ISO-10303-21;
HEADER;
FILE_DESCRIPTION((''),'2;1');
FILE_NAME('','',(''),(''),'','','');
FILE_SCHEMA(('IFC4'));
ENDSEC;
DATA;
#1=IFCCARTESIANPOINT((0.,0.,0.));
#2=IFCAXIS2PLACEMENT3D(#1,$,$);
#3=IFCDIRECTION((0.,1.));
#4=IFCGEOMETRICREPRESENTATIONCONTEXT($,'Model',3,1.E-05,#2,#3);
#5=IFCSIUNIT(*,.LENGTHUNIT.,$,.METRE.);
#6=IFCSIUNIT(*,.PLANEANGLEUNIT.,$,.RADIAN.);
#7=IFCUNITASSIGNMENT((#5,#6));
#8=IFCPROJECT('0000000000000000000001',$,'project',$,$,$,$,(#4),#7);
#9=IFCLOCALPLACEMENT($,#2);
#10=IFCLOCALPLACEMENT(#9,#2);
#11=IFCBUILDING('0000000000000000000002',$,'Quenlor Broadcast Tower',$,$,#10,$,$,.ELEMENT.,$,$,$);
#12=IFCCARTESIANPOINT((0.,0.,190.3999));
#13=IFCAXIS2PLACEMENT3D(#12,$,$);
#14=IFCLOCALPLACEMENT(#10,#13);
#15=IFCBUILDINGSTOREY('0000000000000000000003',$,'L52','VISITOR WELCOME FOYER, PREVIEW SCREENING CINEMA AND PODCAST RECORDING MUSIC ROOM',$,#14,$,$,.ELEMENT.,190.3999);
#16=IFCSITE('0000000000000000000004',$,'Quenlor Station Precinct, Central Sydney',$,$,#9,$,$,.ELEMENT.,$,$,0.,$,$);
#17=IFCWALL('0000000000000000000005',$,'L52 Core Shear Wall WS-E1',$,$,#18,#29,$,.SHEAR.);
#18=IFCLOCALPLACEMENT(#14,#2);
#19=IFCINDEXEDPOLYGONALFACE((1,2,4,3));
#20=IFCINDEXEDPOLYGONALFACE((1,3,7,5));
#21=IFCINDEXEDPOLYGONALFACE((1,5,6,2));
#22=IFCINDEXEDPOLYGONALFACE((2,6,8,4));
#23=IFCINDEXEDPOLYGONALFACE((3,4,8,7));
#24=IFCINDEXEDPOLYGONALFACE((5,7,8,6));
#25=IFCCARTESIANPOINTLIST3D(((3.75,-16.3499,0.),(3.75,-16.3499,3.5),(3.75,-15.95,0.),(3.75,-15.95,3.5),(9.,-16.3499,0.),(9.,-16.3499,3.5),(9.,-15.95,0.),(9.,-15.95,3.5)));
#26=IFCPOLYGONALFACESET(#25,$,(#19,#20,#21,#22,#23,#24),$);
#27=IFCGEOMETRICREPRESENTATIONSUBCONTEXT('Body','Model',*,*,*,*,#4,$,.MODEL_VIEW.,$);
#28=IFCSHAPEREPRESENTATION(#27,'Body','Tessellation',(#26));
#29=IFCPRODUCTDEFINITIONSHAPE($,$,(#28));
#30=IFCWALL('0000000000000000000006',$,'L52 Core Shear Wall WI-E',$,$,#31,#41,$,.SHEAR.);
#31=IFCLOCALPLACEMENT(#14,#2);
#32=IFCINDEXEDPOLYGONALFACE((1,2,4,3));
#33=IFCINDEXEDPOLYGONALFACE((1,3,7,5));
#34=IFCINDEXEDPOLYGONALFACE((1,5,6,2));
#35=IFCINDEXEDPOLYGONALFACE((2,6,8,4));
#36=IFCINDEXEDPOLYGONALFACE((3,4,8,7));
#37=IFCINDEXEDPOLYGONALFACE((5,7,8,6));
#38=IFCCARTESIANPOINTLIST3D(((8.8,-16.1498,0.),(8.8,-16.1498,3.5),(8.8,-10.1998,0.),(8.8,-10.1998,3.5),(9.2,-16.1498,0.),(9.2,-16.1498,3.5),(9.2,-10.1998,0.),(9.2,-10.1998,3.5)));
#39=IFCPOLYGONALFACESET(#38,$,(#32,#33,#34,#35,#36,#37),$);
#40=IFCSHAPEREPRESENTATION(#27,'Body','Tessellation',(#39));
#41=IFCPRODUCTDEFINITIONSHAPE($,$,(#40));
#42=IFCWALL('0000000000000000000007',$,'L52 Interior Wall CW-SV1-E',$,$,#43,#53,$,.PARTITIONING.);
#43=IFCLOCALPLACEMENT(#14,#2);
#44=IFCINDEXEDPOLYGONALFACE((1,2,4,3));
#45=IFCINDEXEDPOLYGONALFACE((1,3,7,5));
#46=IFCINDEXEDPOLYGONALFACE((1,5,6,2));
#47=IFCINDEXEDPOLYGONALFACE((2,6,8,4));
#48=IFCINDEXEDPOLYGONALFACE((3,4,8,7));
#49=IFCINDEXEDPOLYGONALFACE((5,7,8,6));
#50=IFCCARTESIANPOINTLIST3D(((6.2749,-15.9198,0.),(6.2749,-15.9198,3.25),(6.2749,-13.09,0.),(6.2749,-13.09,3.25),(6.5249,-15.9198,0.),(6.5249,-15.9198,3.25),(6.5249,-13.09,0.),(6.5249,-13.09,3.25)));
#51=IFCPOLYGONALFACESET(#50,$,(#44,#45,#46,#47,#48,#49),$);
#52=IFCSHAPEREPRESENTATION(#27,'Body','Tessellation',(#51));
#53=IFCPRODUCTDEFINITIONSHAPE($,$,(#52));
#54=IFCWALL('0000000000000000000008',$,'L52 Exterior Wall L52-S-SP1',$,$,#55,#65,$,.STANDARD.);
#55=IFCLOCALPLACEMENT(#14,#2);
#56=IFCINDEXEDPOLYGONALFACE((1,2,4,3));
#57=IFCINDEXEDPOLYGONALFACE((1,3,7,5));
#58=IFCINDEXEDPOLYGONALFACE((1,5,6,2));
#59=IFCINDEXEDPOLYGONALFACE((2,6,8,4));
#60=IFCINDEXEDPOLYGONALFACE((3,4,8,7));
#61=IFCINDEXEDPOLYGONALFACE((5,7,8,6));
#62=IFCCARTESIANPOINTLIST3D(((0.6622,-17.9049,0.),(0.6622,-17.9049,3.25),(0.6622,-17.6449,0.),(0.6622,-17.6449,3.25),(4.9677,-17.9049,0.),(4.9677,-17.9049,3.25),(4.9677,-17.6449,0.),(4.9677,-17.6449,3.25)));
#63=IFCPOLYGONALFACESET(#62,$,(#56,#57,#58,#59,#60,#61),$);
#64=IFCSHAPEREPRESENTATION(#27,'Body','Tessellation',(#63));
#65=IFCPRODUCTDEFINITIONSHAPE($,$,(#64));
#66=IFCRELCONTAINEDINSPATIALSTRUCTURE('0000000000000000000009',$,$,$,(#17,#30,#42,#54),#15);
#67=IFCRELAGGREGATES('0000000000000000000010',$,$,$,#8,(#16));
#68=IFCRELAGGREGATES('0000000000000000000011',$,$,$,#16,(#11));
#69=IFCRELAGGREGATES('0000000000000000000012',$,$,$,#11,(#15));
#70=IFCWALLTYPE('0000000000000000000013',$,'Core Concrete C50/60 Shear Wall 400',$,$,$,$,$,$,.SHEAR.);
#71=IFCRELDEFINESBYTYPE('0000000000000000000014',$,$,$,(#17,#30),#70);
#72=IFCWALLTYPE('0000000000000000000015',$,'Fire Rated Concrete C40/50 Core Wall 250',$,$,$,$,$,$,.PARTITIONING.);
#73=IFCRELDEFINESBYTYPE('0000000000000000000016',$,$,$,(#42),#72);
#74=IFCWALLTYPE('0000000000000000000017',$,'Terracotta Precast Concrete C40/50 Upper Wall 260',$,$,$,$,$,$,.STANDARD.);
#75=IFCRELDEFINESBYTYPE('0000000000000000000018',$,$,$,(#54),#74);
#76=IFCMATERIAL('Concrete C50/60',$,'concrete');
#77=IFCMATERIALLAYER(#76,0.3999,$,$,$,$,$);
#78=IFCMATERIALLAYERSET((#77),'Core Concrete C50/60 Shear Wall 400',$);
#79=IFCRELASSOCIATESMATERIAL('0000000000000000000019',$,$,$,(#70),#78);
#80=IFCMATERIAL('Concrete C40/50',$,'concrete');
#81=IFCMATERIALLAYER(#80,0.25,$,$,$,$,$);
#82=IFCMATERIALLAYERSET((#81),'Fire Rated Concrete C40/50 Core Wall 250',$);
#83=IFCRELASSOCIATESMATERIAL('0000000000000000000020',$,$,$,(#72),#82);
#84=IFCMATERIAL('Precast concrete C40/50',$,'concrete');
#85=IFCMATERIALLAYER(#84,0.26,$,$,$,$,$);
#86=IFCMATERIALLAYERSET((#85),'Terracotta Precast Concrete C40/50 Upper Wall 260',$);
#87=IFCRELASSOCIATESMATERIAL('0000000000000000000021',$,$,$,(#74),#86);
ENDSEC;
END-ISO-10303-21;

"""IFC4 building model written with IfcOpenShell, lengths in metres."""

from ifc_helpers import new_model, si_unit, direction, frame, frame_2d, origin, place, context, subcontext, project, spatial, rectangle, extrude, material, layer, layer_set, type_object, element, save


model = new_model("IFC4")

# Units and contexts
model_context = context("Model", 3, precision=1e-05, world=origin(), true_north=direction((0.0, 1.0)))
body_context = subcontext(model_context, "Body", "Model", "MODEL_VIEW")
ifc_project = project(units=[si_unit("LENGTHUNIT", "METRE"), si_unit("PLANEANGLEUNIT", "RADIAN")], contexts=[model_context])

# Site, building, storey
site_placement = place(None, origin())
site = spatial("IfcSite", under=ifc_project, at=site_placement, Name="Quenlor Station Precinct, Central Sydney", CompositionType="ELEMENT", RefElevation=0.0)
building_placement = place(site_placement, origin())
building = spatial("IfcBuilding", under=site, at=building_placement, Name="Quenlor Broadcast Tower", CompositionType="ELEMENT")
storey_placement = place(building_placement, frame((0.0, 0.0, 190.3999)))
storey = spatial("IfcBuildingStorey", under=building, at=storey_placement, Name="L52", Description="VISITOR WELCOME FOYER, PREVIEW SCREENING CINEMA AND PODCAST RECORDING MUSIC ROOM", CompositionType="ELEMENT", Elevation=190.3999)

# Walls
ifc_material_1 = material(Name="Concrete C50/60", Category="concrete")
ifc_layer_1 = layer(ifc_material_1, 0.3999)
ifc_layer_set_1 = layer_set([ifc_layer_1], Name="Core Concrete C50/60 Shear Wall 400")
wall_type_1 = type_object("IfcWallType", Name="Core Concrete C50/60 Shear Wall 400", PredefinedType="SHEAR", material=ifc_layer_set_1)
wall_1_placement = place(storey_placement, frame((3.75, -16.1499, 0.0), z_axis=(0.0, 0.0, 1.0), x_axis=(1.0, 0.0, 0.0)))
element("IfcWall", 1, at=wall_1_placement, inside=storey, type_object=wall_type_1, Name="L52 Core Shear Wall WS-E1", PredefinedType="SHEAR", context=body_context, shape_type="SweptSolid", body=[
    extrude(rectangle(XDim=5.25, YDim=0.3999, at=frame_2d((2.625, 0.0))), origin(), (0.0, 0.0, 1.0), 3.5),
])
wall_2_placement = place(storey_placement, frame((9.0, -16.1499, 0.0), z_axis=(0.0, 0.0, 1.0), x_axis=(0.0, 1.0, 0.0)))
element("IfcWall", 2, at=wall_2_placement, inside=storey, type_object=wall_type_1, Name="L52 Core Shear Wall WI-E", PredefinedType="SHEAR", context=body_context, shape_type="SweptSolid", body=[
    extrude(rectangle(XDim=5.95, YDim=0.3999, at=frame_2d((2.9751, 0.0))), origin(), (0.0, 0.0, 1.0), 3.5),
])
ifc_material_2 = material(Name="Concrete C40/50", Category="concrete")
ifc_layer_2 = layer(ifc_material_2, 0.25)
ifc_layer_set_2 = layer_set([ifc_layer_2], Name="Fire Rated Concrete C40/50 Core Wall 250")
wall_type_2 = type_object("IfcWallType", Name="Fire Rated Concrete C40/50 Core Wall 250", PredefinedType="PARTITIONING", material=ifc_layer_set_2)
wall_3_placement = place(storey_placement, frame((6.3999, -15.9199, 0.0), z_axis=(0.0, 0.0, 1.0), x_axis=(0.0, 1.0, 0.0)))
element("IfcWall", 3, at=wall_3_placement, inside=storey, type_object=wall_type_2, Name="L52 Interior Wall CW-SV1-E", PredefinedType="PARTITIONING", context=body_context, shape_type="SweptSolid", body=[
    extrude(rectangle(XDim=2.8298, YDim=0.25, at=frame_2d((1.415, 0.0))), origin(), (0.0, 0.0, 1.0), 3.25),
])
ifc_material_3 = material(Name="Precast concrete C40/50", Category="concrete")
ifc_layer_3 = layer(ifc_material_3, 0.26)
ifc_layer_set_3 = layer_set([ifc_layer_3], Name="Terracotta Precast Concrete C40/50 Upper Wall 260")
wall_type_3 = type_object("IfcWallType", Name="Terracotta Precast Concrete C40/50 Upper Wall 260", PredefinedType="STANDARD", material=ifc_layer_set_3)
wall_4_placement = place(storey_placement, frame((4.9678, -17.7749, 0.0), z_axis=(0.0, 0.0, 1.0), x_axis=(-1.0, 0.0, 0.0)))
element("IfcWall", 4, at=wall_4_placement, inside=storey, type_object=wall_type_3, Name="L52 Exterior Wall L52-S-SP1", PredefinedType="STANDARD", context=body_context, shape_type="SweptSolid", body=[
    extrude(rectangle(XDim=4.3054, YDim=0.26, at=frame_2d((2.1528, 0.0))), origin(), (0.0, 0.0, 1.0), 3.25),
])

save(model, "model.ifc")
